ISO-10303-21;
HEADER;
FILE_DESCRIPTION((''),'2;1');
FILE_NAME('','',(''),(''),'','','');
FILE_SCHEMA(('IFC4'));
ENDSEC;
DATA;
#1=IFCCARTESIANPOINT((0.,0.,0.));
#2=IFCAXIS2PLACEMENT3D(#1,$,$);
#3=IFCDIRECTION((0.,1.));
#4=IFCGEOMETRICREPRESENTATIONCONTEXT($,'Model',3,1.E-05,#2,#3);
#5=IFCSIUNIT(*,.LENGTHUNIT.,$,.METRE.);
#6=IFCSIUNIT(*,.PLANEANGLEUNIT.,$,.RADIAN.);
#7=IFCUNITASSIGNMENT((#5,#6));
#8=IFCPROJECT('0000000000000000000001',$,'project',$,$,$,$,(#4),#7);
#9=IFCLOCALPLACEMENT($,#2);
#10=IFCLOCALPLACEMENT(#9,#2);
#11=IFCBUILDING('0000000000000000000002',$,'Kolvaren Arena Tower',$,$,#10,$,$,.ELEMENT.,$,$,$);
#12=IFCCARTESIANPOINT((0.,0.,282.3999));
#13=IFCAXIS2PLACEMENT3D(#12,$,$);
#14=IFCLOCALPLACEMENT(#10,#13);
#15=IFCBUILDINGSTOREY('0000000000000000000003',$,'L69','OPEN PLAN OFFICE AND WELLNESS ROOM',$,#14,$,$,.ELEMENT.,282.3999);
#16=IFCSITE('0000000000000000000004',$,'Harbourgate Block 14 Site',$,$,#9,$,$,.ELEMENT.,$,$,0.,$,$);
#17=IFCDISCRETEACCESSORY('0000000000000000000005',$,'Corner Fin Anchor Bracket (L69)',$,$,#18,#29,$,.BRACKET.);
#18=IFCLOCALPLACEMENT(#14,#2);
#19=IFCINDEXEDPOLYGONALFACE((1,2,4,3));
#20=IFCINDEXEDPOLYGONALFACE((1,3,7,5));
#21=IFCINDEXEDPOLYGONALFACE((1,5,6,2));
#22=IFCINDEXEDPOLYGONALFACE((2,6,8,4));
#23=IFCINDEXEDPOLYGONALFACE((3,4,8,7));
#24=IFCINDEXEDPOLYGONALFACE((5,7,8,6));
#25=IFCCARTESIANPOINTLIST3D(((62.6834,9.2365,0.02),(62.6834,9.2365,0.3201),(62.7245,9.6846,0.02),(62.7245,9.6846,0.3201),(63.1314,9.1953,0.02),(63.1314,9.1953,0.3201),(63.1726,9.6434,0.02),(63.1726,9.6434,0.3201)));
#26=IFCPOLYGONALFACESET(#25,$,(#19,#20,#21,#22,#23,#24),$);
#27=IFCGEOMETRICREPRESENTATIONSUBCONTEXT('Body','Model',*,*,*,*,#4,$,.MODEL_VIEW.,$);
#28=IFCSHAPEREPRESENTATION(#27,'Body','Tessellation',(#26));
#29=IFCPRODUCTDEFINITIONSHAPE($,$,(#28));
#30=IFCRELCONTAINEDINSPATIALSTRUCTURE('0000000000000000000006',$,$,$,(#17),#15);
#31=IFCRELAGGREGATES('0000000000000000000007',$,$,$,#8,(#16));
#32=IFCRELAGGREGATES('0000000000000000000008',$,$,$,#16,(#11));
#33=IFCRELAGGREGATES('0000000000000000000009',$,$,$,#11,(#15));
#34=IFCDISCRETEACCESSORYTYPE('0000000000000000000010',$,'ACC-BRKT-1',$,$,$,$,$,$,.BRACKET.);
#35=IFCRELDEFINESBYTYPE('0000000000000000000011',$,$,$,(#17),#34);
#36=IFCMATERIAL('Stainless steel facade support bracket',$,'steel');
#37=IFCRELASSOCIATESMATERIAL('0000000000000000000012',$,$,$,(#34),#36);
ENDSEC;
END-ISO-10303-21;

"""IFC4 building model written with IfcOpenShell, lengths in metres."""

from ifc_helpers import new_model, si_unit, direction, frame, origin, origin_2d, place, context, subcontext, project, spatial, rectangle, extrude, material, type_object, element, save


model = new_model("IFC4")

# Units and contexts
model_context = context("Model", 3, precision=1e-05, world=origin(), true_north=direction((0.0, 1.0)))
body_context = subcontext(model_context, "Body", "Model", "MODEL_VIEW")
ifc_project = project(units=[si_unit("LENGTHUNIT", "METRE"), si_unit("PLANEANGLEUNIT", "RADIAN")], contexts=[model_context])

# Site, building, storey
site_placement = place(None, origin())
site = spatial("IfcSite", under=ifc_project, at=site_placement, Name="Harbourgate Block 14 Site", CompositionType="ELEMENT", RefElevation=0.0)
building_placement = place(site_placement, origin())
building = spatial("IfcBuilding", under=site, at=building_placement, Name="Kolvaren Arena Tower", CompositionType="ELEMENT")
storey_placement = place(building_placement, frame((0.0, 0.0, 282.3999)))
storey = spatial("IfcBuildingStorey", under=building, at=storey_placement, Name="L69", Description="OPEN PLAN OFFICE AND WELLNESS ROOM", CompositionType="ELEMENT", Elevation=282.3999)

# Discrete accessory
ifc_material_1 = material(Name="Stainless steel facade support bracket", Category="steel")
discrete_accessory_type = type_object("IfcDiscreteAccessoryType", Name="ACC-BRKT-1", PredefinedType="BRACKET", material=ifc_material_1)
for number, where, z_axis, x_axis, name in (
    (1, (62.928, 9.4399, 0.02), (0.0, 0.0, 1.0), (0.995808, -0.091469, 0.0), "Corner Fin Anchor Bracket (L69)"),
):
    element("IfcDiscreteAccessory", number, at=place(storey_placement, frame(where, z_axis=z_axis, x_axis=x_axis)), inside=storey, type_object=discrete_accessory_type, Name=name, PredefinedType="BRACKET", context=body_context, shape_type="SweptSolid", body=[
        extrude(rectangle(XDim=0.45, YDim=0.45, at=origin_2d()), origin(), (0.0, 0.0, 1.0), 0.3),
    ])

save(model, "model.ifc")
